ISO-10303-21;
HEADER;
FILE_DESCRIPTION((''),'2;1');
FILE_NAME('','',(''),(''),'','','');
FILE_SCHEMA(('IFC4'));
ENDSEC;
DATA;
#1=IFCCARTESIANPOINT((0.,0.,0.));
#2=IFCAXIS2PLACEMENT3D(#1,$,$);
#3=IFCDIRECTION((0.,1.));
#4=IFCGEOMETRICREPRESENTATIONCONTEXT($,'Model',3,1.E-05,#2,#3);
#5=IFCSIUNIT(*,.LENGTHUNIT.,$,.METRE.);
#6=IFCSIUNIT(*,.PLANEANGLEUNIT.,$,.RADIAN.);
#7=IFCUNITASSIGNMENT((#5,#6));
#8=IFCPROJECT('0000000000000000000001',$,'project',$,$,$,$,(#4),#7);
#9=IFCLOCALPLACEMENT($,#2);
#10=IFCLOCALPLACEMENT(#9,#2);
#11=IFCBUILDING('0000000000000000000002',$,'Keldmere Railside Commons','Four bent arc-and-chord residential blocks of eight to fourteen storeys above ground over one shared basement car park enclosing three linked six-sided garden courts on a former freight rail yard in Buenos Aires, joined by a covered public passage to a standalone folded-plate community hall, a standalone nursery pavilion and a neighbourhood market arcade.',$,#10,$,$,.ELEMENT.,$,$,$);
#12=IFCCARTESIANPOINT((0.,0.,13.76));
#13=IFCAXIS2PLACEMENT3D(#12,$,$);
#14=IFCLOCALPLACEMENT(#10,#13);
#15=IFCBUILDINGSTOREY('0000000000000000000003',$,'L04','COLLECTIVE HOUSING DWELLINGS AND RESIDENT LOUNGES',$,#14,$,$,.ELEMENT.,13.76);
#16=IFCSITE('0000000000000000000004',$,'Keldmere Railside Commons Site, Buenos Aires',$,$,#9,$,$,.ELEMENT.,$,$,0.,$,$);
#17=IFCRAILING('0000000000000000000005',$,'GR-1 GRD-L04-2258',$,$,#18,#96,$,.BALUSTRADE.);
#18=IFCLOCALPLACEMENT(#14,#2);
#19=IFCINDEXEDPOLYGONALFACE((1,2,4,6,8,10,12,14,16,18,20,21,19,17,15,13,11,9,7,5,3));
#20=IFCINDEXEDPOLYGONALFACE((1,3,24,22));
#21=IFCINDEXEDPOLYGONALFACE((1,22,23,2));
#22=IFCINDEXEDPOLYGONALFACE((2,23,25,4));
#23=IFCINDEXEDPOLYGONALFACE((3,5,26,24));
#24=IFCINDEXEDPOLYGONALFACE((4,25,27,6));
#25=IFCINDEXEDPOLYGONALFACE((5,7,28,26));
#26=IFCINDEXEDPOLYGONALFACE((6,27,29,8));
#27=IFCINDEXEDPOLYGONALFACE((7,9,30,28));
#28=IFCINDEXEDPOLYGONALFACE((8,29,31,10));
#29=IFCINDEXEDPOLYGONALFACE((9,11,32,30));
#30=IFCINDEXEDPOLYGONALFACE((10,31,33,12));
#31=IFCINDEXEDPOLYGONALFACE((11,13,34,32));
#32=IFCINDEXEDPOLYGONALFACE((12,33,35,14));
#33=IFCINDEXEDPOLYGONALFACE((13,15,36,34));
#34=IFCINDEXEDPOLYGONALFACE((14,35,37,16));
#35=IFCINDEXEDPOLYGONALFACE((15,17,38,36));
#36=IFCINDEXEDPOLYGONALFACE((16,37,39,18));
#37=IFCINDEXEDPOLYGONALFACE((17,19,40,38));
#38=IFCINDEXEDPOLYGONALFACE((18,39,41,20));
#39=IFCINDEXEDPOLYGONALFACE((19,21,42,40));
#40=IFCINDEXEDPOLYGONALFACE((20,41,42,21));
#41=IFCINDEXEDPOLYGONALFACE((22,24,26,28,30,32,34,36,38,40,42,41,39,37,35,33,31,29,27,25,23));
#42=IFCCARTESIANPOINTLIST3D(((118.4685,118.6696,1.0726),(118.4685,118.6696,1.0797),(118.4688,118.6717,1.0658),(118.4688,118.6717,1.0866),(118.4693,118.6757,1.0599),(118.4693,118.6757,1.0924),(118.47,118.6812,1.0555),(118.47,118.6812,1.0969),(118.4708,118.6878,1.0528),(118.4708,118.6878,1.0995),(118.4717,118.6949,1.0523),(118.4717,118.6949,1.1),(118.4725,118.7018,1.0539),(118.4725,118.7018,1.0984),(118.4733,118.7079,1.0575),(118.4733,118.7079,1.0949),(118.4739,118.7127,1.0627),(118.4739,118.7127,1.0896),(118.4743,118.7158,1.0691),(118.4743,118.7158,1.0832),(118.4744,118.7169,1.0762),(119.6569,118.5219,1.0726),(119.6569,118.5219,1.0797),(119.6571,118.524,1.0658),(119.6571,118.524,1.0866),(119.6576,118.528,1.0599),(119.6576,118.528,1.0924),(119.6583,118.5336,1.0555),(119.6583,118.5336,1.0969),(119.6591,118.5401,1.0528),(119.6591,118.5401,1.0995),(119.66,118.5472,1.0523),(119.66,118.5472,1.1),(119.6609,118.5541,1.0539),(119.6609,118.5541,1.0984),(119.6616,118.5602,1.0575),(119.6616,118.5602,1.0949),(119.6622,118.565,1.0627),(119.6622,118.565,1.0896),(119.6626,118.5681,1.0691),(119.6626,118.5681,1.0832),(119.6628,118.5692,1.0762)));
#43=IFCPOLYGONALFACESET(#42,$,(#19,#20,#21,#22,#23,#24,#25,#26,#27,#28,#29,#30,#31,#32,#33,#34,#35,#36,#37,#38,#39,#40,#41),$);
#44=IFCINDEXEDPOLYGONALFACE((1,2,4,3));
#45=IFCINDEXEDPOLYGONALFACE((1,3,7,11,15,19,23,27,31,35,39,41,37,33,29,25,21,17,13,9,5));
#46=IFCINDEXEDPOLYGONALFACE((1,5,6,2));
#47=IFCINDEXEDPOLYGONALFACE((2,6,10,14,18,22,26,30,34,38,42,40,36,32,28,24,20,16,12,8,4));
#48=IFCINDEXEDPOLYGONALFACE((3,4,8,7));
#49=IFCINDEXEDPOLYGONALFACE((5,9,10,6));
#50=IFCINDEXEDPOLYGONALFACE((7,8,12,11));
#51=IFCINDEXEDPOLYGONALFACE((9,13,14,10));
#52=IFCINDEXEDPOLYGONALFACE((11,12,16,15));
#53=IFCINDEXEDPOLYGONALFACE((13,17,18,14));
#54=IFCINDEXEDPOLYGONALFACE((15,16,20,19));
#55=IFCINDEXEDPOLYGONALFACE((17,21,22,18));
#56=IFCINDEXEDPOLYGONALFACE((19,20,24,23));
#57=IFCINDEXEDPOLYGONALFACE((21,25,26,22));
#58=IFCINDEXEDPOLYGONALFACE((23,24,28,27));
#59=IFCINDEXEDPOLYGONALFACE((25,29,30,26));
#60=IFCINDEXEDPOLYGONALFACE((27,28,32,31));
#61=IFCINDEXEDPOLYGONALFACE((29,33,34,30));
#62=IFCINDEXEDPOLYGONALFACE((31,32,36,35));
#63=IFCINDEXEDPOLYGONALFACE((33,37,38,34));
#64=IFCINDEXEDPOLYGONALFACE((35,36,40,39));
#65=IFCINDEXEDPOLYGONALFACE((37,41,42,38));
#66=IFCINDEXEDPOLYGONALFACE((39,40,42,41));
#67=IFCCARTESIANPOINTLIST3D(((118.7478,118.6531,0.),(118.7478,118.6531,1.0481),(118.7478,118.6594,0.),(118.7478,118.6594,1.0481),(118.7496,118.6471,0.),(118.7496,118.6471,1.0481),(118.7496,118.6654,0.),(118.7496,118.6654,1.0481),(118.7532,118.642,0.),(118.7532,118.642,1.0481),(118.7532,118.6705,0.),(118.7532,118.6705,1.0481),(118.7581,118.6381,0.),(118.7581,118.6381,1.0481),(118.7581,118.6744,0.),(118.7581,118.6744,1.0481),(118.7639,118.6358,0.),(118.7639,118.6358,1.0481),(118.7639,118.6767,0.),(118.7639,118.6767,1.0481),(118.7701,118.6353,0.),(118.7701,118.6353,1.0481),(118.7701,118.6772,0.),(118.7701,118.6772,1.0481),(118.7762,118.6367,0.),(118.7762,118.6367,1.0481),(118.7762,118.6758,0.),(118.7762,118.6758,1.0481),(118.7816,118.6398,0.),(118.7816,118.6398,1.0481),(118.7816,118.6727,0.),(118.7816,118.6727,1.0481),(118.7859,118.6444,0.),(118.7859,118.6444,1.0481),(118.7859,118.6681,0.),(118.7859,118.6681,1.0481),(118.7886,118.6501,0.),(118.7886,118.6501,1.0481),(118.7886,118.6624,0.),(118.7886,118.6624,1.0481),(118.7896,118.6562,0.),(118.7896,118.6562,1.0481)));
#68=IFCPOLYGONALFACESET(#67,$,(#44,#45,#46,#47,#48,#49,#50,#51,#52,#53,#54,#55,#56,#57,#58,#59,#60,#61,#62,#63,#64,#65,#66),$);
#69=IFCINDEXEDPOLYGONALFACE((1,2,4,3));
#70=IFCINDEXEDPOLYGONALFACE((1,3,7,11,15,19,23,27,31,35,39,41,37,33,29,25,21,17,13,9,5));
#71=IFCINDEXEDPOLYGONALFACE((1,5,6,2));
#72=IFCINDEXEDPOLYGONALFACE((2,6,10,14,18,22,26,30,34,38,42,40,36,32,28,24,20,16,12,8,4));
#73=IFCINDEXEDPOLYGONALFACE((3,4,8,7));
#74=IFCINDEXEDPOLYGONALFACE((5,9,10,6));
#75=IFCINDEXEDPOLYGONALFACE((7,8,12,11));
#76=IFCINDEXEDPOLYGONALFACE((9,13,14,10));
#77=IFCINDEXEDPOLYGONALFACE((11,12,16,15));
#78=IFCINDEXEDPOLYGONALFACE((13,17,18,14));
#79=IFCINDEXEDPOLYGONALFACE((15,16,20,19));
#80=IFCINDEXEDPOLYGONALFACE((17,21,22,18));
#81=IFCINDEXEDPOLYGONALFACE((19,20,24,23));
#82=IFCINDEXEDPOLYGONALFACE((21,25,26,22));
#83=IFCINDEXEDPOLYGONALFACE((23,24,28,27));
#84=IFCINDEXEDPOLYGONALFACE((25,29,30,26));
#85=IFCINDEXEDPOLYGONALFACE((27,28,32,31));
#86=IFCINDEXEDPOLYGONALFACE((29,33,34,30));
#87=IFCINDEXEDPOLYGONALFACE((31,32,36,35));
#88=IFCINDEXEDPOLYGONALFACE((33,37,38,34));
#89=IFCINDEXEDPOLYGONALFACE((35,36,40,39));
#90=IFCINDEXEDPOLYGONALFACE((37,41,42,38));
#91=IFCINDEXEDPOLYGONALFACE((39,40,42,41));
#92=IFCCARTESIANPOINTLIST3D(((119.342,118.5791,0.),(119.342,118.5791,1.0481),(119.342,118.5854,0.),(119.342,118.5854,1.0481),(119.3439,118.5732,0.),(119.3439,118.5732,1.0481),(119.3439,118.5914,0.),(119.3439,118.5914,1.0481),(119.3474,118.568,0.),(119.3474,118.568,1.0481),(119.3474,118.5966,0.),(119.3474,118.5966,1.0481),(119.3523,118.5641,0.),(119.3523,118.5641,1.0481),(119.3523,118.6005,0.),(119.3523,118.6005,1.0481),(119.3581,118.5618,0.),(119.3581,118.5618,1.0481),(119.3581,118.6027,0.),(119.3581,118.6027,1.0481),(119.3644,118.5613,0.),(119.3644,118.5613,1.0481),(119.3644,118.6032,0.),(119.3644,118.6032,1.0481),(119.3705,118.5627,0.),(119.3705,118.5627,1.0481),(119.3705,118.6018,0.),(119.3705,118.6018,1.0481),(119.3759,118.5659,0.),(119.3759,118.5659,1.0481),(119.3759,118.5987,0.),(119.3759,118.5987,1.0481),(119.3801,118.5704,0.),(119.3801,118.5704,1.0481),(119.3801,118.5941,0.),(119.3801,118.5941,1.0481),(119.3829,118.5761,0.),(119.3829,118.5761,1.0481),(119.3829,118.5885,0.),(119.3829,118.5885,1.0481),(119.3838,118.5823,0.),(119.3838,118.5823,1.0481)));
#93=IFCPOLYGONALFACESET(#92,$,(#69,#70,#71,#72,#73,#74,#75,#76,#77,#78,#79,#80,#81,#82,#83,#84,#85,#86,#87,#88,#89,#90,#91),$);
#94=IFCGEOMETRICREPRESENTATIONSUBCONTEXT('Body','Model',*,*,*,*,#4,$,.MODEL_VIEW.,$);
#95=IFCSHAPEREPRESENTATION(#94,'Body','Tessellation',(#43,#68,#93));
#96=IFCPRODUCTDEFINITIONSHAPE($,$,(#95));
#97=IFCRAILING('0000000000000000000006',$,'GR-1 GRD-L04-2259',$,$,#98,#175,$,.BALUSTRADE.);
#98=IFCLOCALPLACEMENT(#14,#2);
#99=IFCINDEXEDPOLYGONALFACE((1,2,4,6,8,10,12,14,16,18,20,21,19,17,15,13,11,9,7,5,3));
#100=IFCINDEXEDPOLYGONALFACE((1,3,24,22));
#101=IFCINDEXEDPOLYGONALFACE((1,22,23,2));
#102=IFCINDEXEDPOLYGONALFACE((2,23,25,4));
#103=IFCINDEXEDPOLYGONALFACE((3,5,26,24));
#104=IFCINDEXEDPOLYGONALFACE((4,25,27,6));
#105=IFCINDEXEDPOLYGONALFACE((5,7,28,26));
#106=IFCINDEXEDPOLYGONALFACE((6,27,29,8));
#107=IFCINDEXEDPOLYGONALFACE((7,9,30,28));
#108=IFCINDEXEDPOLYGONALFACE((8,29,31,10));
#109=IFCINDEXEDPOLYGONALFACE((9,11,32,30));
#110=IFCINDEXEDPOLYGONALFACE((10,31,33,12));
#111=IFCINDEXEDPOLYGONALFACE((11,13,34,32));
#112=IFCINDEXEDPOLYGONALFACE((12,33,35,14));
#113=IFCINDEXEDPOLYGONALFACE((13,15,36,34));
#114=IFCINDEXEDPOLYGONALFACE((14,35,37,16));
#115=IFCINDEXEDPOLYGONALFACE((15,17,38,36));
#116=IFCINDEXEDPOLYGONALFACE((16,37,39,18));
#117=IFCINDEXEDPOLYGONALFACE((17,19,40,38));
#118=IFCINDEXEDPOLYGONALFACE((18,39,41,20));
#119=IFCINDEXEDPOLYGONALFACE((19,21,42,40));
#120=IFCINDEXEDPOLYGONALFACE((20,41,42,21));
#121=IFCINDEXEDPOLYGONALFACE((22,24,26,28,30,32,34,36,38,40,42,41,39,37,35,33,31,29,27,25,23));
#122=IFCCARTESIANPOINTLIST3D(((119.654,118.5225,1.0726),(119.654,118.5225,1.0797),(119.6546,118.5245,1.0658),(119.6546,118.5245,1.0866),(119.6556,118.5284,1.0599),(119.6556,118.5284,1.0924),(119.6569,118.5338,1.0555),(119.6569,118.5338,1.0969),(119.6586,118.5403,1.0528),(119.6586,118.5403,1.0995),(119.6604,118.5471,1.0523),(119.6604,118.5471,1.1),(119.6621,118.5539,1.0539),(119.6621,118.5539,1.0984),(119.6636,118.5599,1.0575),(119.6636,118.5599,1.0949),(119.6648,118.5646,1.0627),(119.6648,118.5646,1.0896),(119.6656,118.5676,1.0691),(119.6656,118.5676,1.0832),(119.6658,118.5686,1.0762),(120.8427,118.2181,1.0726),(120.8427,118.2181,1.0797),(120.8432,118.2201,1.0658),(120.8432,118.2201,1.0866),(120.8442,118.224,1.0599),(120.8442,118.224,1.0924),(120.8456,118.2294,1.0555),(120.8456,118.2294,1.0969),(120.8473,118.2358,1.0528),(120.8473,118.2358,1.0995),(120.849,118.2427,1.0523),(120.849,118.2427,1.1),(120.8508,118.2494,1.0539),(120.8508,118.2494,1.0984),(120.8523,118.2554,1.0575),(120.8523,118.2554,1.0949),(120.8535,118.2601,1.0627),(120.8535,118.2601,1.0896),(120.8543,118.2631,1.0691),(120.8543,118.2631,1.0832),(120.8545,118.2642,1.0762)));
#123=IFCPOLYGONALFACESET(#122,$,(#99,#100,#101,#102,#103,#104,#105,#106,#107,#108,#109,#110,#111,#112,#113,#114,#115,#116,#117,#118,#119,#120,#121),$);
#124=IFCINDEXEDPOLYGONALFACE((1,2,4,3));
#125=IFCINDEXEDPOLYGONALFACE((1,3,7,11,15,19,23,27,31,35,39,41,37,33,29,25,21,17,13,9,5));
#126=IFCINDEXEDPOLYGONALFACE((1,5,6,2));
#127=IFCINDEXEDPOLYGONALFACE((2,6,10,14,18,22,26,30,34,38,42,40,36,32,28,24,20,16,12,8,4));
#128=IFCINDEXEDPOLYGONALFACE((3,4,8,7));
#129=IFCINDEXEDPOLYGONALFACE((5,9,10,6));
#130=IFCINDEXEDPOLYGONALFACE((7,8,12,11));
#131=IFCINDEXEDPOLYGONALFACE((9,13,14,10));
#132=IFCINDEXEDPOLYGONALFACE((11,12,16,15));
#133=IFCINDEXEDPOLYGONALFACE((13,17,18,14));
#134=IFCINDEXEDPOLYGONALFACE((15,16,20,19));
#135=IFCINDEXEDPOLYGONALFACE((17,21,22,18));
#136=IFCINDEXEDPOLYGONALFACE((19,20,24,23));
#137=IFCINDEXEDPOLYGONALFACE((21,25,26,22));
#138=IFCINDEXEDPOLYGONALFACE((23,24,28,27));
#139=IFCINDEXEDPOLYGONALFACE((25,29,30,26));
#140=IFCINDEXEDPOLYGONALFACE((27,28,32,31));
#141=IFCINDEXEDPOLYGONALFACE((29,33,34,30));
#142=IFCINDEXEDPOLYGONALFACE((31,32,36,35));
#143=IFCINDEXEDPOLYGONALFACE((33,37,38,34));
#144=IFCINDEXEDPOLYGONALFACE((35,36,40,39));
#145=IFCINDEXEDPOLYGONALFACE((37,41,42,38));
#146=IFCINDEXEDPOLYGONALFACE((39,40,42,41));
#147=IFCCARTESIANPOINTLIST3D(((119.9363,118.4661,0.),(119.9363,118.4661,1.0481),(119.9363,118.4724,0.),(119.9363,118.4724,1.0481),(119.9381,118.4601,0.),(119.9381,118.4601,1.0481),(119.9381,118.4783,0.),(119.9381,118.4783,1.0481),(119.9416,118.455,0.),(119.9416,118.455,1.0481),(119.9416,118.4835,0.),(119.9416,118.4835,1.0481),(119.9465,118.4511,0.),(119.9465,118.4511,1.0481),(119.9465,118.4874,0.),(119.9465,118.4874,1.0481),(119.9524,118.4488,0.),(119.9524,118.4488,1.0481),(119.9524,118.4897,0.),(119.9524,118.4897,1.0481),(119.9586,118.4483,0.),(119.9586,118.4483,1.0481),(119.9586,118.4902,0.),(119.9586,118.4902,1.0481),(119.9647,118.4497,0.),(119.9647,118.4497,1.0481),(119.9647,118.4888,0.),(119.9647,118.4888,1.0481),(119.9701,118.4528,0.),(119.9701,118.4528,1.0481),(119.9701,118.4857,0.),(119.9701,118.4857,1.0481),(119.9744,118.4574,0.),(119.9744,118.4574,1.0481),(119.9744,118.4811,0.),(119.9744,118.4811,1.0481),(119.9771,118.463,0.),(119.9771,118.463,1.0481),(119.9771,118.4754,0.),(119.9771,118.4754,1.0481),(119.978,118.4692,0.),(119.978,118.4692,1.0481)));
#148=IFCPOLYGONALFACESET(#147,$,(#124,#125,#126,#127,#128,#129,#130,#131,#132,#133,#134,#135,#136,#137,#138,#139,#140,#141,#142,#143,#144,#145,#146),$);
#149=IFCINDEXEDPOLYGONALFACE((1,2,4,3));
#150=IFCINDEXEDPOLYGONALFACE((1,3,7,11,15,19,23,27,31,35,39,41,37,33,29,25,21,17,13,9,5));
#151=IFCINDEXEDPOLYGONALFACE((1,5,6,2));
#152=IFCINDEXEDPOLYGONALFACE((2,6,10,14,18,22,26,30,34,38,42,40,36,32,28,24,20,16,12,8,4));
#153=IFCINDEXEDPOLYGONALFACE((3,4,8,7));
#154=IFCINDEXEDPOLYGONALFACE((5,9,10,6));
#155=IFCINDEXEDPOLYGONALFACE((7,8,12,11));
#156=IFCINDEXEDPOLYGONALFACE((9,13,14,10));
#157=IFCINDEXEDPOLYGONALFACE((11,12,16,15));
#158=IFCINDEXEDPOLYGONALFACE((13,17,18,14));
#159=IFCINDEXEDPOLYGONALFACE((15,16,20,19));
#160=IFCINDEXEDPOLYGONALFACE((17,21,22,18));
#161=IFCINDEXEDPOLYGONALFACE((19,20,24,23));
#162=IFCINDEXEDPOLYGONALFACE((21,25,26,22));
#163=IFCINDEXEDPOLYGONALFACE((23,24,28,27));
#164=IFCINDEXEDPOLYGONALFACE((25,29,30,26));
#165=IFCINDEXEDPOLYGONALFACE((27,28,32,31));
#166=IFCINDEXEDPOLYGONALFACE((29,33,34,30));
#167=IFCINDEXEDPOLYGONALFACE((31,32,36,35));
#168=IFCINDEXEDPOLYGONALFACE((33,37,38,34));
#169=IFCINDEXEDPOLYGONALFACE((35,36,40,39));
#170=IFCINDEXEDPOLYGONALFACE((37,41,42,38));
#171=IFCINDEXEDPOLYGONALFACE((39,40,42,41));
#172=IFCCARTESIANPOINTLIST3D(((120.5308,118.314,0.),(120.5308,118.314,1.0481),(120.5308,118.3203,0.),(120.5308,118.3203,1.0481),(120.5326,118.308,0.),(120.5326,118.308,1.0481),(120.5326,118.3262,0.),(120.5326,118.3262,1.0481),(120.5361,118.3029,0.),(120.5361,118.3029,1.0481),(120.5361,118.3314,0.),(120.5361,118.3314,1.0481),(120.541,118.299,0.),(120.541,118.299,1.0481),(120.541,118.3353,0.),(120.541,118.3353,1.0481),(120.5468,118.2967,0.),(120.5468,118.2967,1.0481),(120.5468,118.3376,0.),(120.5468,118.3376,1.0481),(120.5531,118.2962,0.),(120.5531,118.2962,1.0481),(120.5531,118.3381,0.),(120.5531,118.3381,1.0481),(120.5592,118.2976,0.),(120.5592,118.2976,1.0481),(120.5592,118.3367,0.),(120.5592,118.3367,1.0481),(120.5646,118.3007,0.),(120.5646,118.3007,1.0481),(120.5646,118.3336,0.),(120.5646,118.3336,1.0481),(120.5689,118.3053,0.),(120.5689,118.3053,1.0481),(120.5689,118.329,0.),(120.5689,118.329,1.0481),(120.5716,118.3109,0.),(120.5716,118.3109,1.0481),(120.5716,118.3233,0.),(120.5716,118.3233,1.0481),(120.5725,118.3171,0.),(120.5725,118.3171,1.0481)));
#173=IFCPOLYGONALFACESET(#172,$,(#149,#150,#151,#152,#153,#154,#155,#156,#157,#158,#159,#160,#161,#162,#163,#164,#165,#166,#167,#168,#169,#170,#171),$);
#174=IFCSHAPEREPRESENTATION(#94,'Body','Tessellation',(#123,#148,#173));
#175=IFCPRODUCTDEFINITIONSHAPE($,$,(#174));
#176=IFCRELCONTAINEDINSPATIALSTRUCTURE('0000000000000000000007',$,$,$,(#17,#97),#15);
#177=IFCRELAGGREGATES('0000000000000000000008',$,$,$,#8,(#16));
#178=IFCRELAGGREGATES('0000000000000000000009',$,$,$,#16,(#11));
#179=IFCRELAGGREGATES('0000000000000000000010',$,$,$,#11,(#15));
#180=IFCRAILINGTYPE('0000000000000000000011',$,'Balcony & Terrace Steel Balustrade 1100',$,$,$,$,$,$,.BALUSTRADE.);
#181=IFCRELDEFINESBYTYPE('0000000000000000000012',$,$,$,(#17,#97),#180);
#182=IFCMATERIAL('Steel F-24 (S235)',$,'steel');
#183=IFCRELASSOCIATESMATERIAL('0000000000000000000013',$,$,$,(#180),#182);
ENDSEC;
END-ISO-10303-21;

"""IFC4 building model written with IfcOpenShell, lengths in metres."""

from ifc_helpers import new_model, si_unit, direction, frame, origin, origin_2d, place, context, subcontext, project, spatial, circle, extrude, material, type_object, element, save


model = new_model("IFC4")

# Units and contexts
model_context = context("Model", 3, precision=1e-05, world=origin(), true_north=direction((0.0, 1.0)))
body_context = subcontext(model_context, "Body", "Model", "MODEL_VIEW")
ifc_project = project(units=[si_unit("LENGTHUNIT", "METRE"), si_unit("PLANEANGLEUNIT", "RADIAN")], contexts=[model_context])

# Site, building, storey
site_placement = place(None, origin())
site = spatial("IfcSite", under=ifc_project, at=site_placement, Name="Keldmere Railside Commons Site, Buenos Aires", CompositionType="ELEMENT", RefElevation=0.0)
building_placement = place(site_placement, origin())
building = spatial("IfcBuilding", under=site, at=building_placement, Name="Keldmere Railside Commons", Description="Four bent arc-and-chord residential blocks of eight to fourteen storeys above ground over one shared basement car park enclosing three linked six-sided garden courts on a former freight rail yard in Buenos Aires, joined by a covered public passage to a standalone folded-plate community hall, a standalone nursery pavilion and a neighbourhood market arcade.", CompositionType="ELEMENT")
storey_placement = place(building_placement, frame((0.0, 0.0, 13.76)))
storey = spatial("IfcBuildingStorey", under=building, at=storey_placement, Name="L04", Description="COLLECTIVE HOUSING DWELLINGS AND RESIDENT LOUNGES", CompositionType="ELEMENT", Elevation=13.76)

# Railings
ifc_material_1 = material(Name="Steel F-24 (S235)", Category="steel")
railing_type = type_object("IfcRailingType", Name="Balcony & Terrace Steel Balustrade 1100", PredefinedType="BALUSTRADE", material=ifc_material_1)
railing_1_placement = place(storey_placement, frame((118.4714, 118.6931, 0.0)))
element("IfcRailing", 1, at=railing_1_placement, inside=storey, type_object=railing_type, Name="GR-1 GRD-L04-2258", PredefinedType="BALUSTRADE", context=body_context, shape_type="SweptSolid", body=[
    extrude(circle(Radius=0.0239, at=origin_2d()), frame((0.0, 0.0, 1.0762), z_axis=(0.992365, -0.123332, 0.0), x_axis=(0.123332, 0.992365, 0.0)), (0.0, 0.0, 1.0), 1.1975),
    extrude(circle(Radius=0.021, at=origin_2d()), frame((0.2971, -0.0369, 0.0)), (0.0, 0.0, 1.0), 1.0481),
    extrude(circle(Radius=0.021, at=origin_2d()), frame((0.8914, -0.1108, 0.0)), (0.0, 0.0, 1.0), 1.0481),
])
railing_2_placement = place(storey_placement, frame((119.6599, 118.5454, 0.0)))
element("IfcRailing", 2, at=railing_2_placement, inside=storey, type_object=railing_type, Name="GR-1 GRD-L04-2259", PredefinedType="BALUSTRADE", context=body_context, shape_type="SweptSolid", body=[
    extrude(circle(Radius=0.0239, at=origin_2d()), frame((0.0, 0.0, 1.0762), z_axis=(0.968734, -0.248102, 0.0), x_axis=(0.248102, 0.968734, 0.0)), (0.0, 0.0, 1.0), 1.2271),
    extrude(circle(Radius=0.021, at=origin_2d()), frame((0.2971, -0.0762, 0.0)), (0.0, 0.0, 1.0), 1.0481),
    extrude(circle(Radius=0.021, at=origin_2d()), frame((0.8916, -0.2283, 0.0)), (0.0, 0.0, 1.0), 1.0481),
])

save(model, "model.ifc")
